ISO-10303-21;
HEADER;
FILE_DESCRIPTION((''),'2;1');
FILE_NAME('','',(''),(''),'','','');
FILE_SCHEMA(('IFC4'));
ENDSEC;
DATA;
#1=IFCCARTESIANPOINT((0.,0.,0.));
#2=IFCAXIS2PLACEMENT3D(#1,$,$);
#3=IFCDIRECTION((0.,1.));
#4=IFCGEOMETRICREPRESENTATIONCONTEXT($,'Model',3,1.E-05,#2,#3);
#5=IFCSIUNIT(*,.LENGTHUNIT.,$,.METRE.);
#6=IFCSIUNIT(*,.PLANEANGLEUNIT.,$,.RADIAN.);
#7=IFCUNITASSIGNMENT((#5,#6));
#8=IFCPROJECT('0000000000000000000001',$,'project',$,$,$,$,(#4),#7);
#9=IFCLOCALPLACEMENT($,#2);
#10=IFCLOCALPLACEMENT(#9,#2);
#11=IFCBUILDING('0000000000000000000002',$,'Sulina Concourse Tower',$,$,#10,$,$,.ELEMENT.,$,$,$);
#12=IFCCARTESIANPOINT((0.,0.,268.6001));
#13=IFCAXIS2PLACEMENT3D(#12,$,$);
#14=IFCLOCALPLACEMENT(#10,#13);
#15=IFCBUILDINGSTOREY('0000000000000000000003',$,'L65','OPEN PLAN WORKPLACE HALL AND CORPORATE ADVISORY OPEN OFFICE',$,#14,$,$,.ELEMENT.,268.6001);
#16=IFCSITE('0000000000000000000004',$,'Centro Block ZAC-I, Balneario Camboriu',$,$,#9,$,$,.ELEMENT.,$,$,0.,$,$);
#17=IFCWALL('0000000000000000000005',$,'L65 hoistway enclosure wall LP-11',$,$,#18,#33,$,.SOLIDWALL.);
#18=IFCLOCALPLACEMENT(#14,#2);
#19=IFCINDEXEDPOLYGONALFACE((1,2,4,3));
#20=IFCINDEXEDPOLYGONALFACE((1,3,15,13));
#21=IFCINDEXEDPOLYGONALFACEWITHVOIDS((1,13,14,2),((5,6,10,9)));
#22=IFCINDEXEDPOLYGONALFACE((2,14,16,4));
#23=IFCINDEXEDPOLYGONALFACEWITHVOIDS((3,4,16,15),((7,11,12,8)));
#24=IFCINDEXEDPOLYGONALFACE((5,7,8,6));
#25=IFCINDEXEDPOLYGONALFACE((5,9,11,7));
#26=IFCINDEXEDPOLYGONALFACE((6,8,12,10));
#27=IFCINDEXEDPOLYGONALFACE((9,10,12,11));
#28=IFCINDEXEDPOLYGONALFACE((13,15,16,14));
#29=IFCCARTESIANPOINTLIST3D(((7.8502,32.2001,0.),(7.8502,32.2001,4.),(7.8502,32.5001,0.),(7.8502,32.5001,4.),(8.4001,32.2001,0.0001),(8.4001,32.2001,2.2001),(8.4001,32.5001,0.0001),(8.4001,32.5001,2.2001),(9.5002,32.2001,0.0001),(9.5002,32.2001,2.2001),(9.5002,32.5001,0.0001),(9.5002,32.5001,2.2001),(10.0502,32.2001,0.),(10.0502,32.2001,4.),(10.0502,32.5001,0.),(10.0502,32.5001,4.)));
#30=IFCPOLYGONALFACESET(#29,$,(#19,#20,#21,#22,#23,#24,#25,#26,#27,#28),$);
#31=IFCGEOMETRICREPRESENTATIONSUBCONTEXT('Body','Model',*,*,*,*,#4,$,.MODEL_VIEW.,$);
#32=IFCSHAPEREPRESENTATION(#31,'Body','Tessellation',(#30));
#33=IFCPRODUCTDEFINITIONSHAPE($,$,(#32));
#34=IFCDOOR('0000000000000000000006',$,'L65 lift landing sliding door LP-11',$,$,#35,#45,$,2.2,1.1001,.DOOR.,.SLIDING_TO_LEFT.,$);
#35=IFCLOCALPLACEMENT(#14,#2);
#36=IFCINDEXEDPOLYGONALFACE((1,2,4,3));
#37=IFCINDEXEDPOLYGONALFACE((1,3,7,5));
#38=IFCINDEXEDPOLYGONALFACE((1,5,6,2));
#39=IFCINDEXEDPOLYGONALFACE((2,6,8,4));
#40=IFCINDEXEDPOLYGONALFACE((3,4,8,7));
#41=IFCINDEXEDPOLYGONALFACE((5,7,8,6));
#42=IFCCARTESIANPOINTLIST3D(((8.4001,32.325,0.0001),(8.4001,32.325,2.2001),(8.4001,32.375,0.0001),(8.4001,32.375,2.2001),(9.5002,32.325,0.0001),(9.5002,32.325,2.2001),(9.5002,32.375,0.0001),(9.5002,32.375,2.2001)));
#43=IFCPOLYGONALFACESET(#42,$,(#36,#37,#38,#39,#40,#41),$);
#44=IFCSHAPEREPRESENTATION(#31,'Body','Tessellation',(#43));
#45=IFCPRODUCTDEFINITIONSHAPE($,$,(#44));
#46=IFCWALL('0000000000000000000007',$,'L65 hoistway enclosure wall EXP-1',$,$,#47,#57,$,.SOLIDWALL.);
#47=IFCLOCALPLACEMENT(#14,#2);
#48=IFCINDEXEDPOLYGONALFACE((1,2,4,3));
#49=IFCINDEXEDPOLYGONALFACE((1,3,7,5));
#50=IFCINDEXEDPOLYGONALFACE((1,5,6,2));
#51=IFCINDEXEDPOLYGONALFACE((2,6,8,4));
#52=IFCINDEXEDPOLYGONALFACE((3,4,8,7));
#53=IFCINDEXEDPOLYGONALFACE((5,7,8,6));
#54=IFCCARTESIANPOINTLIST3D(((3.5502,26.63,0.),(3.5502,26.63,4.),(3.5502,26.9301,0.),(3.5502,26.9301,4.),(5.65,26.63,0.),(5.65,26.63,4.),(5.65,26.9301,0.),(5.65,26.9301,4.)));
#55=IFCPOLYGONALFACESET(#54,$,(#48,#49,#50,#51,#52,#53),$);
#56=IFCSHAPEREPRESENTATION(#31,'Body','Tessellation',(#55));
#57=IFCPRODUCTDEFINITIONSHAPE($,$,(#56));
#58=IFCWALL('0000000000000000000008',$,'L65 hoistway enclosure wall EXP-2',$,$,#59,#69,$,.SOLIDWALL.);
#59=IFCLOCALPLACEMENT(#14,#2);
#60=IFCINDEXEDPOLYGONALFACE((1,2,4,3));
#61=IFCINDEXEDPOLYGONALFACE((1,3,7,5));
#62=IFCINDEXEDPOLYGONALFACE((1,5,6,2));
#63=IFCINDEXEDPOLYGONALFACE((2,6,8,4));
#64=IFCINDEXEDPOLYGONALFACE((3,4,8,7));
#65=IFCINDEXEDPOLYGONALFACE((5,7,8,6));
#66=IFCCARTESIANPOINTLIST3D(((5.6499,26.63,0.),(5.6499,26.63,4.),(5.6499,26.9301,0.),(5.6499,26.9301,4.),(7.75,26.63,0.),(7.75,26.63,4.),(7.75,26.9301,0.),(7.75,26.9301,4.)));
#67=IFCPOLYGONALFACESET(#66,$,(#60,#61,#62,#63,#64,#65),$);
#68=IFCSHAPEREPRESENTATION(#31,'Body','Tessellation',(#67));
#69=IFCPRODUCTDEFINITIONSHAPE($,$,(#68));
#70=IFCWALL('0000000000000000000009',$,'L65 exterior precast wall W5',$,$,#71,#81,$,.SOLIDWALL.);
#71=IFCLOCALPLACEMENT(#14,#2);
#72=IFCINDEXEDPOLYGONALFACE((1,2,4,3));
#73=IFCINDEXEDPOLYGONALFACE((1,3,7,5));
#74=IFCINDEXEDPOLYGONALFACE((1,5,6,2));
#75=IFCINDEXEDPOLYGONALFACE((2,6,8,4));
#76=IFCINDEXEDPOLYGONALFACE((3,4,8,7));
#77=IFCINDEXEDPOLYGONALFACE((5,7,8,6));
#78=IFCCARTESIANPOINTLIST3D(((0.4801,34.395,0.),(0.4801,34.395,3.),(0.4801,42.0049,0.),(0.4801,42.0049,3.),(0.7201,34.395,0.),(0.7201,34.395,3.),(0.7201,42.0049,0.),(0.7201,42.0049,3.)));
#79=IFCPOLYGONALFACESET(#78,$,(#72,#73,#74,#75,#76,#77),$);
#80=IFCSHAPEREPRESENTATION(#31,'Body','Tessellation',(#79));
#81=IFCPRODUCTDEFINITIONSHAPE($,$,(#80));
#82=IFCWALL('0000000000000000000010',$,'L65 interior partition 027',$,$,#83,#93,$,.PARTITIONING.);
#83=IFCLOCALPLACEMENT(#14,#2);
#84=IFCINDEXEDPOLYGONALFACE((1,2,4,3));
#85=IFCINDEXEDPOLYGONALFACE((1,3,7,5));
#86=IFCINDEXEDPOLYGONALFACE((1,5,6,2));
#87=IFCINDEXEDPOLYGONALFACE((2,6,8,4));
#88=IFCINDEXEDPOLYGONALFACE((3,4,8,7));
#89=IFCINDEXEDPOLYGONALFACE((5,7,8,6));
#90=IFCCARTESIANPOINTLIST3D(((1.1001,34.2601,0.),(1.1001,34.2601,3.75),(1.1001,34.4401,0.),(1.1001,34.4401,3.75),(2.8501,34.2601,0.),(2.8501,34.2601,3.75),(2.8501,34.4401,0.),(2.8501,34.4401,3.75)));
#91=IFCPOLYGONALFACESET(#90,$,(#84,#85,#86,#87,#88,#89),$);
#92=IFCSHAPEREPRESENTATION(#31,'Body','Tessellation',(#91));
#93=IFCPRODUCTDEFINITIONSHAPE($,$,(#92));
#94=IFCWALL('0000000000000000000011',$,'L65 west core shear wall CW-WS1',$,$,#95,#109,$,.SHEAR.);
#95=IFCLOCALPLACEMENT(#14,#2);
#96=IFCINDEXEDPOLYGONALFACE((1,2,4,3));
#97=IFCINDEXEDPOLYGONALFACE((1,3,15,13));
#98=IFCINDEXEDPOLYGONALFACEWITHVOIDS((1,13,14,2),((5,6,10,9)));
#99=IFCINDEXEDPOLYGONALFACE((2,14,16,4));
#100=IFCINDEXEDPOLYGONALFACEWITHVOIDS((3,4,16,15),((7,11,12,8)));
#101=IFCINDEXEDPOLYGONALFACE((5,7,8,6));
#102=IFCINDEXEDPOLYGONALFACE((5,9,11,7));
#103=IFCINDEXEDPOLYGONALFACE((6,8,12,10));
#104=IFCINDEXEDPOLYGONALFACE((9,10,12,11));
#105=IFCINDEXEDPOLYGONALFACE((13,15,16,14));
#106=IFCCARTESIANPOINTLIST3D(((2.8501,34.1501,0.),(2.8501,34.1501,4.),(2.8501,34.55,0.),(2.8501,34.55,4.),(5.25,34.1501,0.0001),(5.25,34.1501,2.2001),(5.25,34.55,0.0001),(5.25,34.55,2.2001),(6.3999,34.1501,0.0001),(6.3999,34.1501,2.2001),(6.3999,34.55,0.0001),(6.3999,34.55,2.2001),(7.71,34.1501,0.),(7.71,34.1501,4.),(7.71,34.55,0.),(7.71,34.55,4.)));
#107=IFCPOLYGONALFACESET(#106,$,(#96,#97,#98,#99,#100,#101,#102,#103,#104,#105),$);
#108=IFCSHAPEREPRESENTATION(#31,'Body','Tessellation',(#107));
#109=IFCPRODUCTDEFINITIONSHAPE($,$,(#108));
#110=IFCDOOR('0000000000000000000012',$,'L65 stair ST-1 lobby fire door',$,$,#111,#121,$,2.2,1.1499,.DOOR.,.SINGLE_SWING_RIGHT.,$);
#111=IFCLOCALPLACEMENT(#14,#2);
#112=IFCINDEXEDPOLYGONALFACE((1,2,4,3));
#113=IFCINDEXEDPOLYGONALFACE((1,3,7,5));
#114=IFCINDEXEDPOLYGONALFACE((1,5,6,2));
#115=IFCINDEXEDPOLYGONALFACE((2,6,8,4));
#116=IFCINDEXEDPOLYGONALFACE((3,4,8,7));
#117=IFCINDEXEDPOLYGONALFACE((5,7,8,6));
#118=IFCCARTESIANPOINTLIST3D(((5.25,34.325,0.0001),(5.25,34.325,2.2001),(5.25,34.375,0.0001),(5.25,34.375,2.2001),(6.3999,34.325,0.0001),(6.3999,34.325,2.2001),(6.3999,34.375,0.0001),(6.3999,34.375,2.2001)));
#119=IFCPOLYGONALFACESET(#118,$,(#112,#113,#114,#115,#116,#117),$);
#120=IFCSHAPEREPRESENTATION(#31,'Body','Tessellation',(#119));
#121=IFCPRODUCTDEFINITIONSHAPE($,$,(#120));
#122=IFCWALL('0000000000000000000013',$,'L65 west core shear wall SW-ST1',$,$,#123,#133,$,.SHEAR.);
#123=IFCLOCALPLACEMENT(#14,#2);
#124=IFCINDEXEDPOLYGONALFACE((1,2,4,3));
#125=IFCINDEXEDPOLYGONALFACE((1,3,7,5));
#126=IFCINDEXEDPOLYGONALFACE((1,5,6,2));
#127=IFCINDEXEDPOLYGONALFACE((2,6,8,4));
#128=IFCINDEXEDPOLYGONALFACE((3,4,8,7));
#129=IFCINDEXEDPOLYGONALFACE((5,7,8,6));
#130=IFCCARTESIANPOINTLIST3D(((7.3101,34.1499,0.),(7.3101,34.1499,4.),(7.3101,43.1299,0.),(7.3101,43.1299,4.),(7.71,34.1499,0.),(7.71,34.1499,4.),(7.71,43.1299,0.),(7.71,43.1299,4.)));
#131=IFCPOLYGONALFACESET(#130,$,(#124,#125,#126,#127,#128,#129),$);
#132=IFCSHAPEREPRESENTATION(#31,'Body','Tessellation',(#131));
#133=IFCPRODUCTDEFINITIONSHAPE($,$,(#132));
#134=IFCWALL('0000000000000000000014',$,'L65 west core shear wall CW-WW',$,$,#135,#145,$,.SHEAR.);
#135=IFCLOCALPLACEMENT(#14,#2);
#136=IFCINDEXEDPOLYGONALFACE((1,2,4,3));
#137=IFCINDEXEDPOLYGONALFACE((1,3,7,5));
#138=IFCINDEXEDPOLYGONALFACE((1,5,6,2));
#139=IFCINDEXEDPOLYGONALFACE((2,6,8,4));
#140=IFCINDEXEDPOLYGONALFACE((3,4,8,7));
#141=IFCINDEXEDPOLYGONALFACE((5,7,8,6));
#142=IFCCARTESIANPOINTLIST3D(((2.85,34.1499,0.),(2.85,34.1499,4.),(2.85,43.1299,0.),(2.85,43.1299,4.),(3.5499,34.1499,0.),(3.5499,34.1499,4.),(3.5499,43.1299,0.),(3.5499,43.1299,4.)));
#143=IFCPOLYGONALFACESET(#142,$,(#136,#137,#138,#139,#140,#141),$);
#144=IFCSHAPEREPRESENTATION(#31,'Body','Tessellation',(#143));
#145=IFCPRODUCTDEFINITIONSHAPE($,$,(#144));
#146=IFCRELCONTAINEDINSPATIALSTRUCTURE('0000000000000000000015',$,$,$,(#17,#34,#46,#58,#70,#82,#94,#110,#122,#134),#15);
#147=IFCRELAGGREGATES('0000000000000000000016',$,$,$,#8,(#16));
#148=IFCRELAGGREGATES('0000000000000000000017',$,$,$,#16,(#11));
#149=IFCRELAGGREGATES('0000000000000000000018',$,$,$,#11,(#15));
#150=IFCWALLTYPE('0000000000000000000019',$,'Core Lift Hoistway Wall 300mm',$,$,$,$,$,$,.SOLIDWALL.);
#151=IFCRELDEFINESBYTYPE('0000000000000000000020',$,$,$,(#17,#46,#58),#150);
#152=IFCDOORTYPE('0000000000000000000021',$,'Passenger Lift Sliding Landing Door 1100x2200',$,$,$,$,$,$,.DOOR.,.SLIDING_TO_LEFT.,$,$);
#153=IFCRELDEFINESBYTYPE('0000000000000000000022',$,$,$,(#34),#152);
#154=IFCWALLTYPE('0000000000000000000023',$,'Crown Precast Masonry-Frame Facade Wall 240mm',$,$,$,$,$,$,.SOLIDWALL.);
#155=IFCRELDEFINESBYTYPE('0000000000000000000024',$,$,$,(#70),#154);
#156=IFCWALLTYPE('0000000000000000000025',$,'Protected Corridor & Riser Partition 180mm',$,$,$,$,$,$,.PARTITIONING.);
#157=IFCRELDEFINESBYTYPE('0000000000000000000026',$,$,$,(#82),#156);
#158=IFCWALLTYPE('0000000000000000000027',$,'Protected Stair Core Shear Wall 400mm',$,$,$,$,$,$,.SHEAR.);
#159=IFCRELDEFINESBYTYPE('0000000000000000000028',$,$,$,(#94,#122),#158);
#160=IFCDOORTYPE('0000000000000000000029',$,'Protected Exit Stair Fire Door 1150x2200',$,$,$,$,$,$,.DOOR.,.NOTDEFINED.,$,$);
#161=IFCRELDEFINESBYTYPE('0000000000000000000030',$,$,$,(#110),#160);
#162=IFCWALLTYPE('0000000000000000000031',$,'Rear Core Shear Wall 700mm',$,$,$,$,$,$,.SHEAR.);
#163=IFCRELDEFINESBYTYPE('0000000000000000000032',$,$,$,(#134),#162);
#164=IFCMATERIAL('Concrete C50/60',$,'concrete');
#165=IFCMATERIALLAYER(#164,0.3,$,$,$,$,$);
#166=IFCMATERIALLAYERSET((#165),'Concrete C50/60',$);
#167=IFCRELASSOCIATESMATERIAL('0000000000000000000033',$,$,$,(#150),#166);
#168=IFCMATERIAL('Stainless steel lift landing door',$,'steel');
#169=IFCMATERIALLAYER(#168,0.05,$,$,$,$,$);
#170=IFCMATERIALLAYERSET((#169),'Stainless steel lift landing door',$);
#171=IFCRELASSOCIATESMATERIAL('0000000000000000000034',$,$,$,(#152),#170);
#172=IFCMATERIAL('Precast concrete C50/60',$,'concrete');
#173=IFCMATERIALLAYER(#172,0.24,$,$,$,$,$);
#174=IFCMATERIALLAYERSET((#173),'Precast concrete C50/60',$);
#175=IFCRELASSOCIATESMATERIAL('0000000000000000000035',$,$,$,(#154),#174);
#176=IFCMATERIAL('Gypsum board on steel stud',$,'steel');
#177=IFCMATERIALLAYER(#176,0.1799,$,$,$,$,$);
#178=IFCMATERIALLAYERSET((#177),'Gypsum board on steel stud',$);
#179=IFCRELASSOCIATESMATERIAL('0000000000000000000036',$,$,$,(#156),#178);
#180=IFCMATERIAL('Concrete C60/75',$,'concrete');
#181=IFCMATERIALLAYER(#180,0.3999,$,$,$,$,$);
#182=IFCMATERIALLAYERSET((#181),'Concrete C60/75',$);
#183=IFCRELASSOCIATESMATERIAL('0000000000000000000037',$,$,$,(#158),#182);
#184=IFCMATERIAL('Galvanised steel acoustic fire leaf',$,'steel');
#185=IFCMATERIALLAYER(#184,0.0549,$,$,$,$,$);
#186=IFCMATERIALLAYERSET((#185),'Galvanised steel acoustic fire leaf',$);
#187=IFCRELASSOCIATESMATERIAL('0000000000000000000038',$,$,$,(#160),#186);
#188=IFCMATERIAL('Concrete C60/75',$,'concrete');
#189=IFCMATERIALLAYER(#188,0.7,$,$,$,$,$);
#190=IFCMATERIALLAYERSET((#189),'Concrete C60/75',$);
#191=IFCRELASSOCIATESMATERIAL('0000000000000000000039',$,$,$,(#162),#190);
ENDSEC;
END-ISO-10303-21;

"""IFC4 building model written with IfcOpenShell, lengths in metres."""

from ifc_helpers import new_model, si_unit, direction, frame, frame_2d, origin, place, context, subcontext, project, spatial, rectangle, extrude, material, layer, layer_set, type_object, element, fill, save


model = new_model("IFC4")

# Units and contexts
model_context = context("Model", 3, precision=1e-05, world=origin(), true_north=direction((0.0, 1.0)))
body_context = subcontext(model_context, "Body", "Model", "MODEL_VIEW")
ifc_project = project(units=[si_unit("LENGTHUNIT", "METRE"), si_unit("PLANEANGLEUNIT", "RADIAN")], contexts=[model_context])

# Site, building, storey
site_placement = place(None, origin())
site = spatial("IfcSite", under=ifc_project, at=site_placement, Name="Centro Block ZAC-I, Balneario Camboriu", CompositionType="ELEMENT", RefElevation=0.0)
building_placement = place(site_placement, origin())
building = spatial("IfcBuilding", under=site, at=building_placement, Name="Sulina Concourse Tower", CompositionType="ELEMENT")
storey_placement = place(building_placement, frame((0.0, 0.0, 268.6001)))
storey = spatial("IfcBuildingStorey", under=building, at=storey_placement, Name="L65", Description="OPEN PLAN WORKPLACE HALL AND CORPORATE ADVISORY OPEN OFFICE", CompositionType="ELEMENT", Elevation=268.6001)

# Wall, opening, door
ifc_material_1 = material(Name="Concrete C50/60", Category="concrete")
ifc_layer_1 = layer(ifc_material_1, 0.3)
ifc_layer_set_1 = layer_set([ifc_layer_1], Name="Concrete C50/60")
wall_type_1 = type_object("IfcWallType", Name="Core Lift Hoistway Wall 300mm", PredefinedType="SOLIDWALL", material=ifc_layer_set_1)
ifc_material_2 = material(Name="Stainless steel lift landing door", Category="steel")
ifc_layer_2 = layer(ifc_material_2, 0.05)
ifc_layer_set_2 = layer_set([ifc_layer_2], Name="Stainless steel lift landing door")
door_type_1 = type_object("IfcDoorType", Name="Passenger Lift Sliding Landing Door 1100x2200", OperationType="SLIDING_TO_LEFT", PredefinedType="DOOR", material=ifc_layer_set_2)
wall_1_placement = place(storey_placement, frame((7.8501, 32.3501, 0.0), z_axis=(0.0, 0.0, 1.0), x_axis=(1.0, 0.0, 0.0)))
wall_1 = element("IfcWall", 1, at=wall_1_placement, inside=storey, type_object=wall_type_1, Name="L65 hoistway enclosure wall LP-11", PredefinedType="SOLIDWALL", context=body_context, shape_type="SweptSolid", body=[
    extrude(rectangle(XDim=2.2, YDim=0.3, at=frame_2d((1.1001, 0.0))), origin(), (0.0, 0.0, 1.0), 4.0),
])
opening_1_placement = place(wall_1_placement, frame((0.55, 0.0, 0.0)))
opening_1 = element("IfcOpeningElement", 2, at=opening_1_placement, cuts=wall_1, PredefinedType="OPENING", context=body_context, shape_type="SweptSolid", body=[
    extrude(rectangle(XDim=1.1001, YDim=2.2, at=frame_2d((0.55, 1.1001))), frame((0.0, 0.1599, 0.0), z_axis=(0.0, -1.0, 0.0), x_axis=(1.0, 0.0, 0.0)), (0.0, 0.0, 1.0), 0.3201),
])
door_1_placement = place(opening_1_placement, origin())
door_1 = element("IfcDoor", 3, at=door_1_placement, inside=storey, type_object=door_type_1, Name="L65 lift landing sliding door LP-11", OperationType="SLIDING_TO_LEFT", OverallHeight=2.2, OverallWidth=1.1001, PredefinedType="DOOR", context=body_context, shape_type="SweptSolid", body=[
    extrude(rectangle(XDim=1.1001, YDim=2.2, at=frame_2d((0.55, 1.1001))), frame((0.0, 0.0249, 0.0), z_axis=(0.0, -1.0, 0.0), x_axis=(1.0, 0.0, 0.0)), (0.0, 0.0, 1.0), 0.05),
])
fill(opening_1, door_1)

# Walls
wall_2_placement = place(storey_placement, frame((5.6499, 26.78, 0.0), z_axis=(0.0, 0.0, 1.0), x_axis=(-1.0, 0.0, 0.0)))
element("IfcWall", 4, at=wall_2_placement, inside=storey, type_object=wall_type_1, Name="L65 hoistway enclosure wall EXP-1", PredefinedType="SOLIDWALL", context=body_context, shape_type="SweptSolid", body=[
    extrude(rectangle(XDim=2.0999, YDim=0.3, at=frame_2d((1.0498, 0.0))), origin(), (0.0, 0.0, 1.0), 4.0),
])
wall_3_placement = place(storey_placement, frame((7.75, 26.78, 0.0), z_axis=(0.0, 0.0, 1.0), x_axis=(-1.0, 0.0, 0.0)))
element("IfcWall", 5, at=wall_3_placement, inside=storey, type_object=wall_type_1, Name="L65 hoistway enclosure wall EXP-2", PredefinedType="SOLIDWALL", context=body_context, shape_type="SweptSolid", body=[
    extrude(rectangle(XDim=2.1001, YDim=0.3, at=frame_2d((1.05, 0.0))), origin(), (0.0, 0.0, 1.0), 4.0),
])
ifc_material_3 = material(Name="Precast concrete C50/60", Category="concrete")
ifc_layer_3 = layer(ifc_material_3, 0.24)
ifc_layer_set_3 = layer_set([ifc_layer_3], Name="Precast concrete C50/60")
wall_type_2 = type_object("IfcWallType", Name="Crown Precast Masonry-Frame Facade Wall 240mm", PredefinedType="SOLIDWALL", material=ifc_layer_set_3)
wall_4_placement = place(storey_placement, frame((0.6001, 34.395, 0.0), z_axis=(0.0, 0.0, 1.0), x_axis=(0.0, 1.0, 0.0)))
element("IfcWall", 6, at=wall_4_placement, inside=storey, type_object=wall_type_2, Name="L65 exterior precast wall W5", PredefinedType="SOLIDWALL", context=body_context, shape_type="SweptSolid", body=[
    extrude(rectangle(XDim=7.6099, YDim=0.24, at=frame_2d((3.8049, 0.0))), origin(), (0.0, 0.0, 1.0), 3.0),
])
ifc_material_4 = material(Name="Gypsum board on steel stud", Category="steel")
ifc_layer_4 = layer(ifc_material_4, 0.1799)
ifc_layer_set_4 = layer_set([ifc_layer_4], Name="Gypsum board on steel stud")
wall_type_3 = type_object("IfcWallType", Name="Protected Corridor & Riser Partition 180mm", PredefinedType="PARTITIONING", material=ifc_layer_set_4)
wall_5_placement = place(storey_placement, frame((1.1001, 34.3501, 0.0), z_axis=(0.0, 0.0, 1.0), x_axis=(1.0, 0.0, 0.0)))
element("IfcWall", 7, at=wall_5_placement, inside=storey, type_object=wall_type_3, Name="L65 interior partition 027", PredefinedType="PARTITIONING", context=body_context, shape_type="SweptSolid", body=[
    extrude(rectangle(XDim=1.75, YDim=0.1799, at=frame_2d((0.875, 0.0))), origin(), (0.0, 0.0, 1.0), 3.75),
])

# Wall, opening, door
ifc_material_5 = material(Name="Concrete C60/75", Category="concrete")
ifc_layer_5 = layer(ifc_material_5, 0.3999)
ifc_layer_set_5 = layer_set([ifc_layer_5], Name="Concrete C60/75")
wall_type_4 = type_object("IfcWallType", Name="Protected Stair Core Shear Wall 400mm", PredefinedType="SHEAR", material=ifc_layer_set_5)
wall_6_placement = place(storey_placement, frame((2.8501, 34.3501, 0.0), z_axis=(0.0, 0.0, 1.0), x_axis=(1.0, 0.0, 0.0)))
wall_6 = element("IfcWall", 8, at=wall_6_placement, inside=storey, type_object=wall_type_4, Name="L65 west core shear wall CW-WS1", PredefinedType="SHEAR", context=body_context, shape_type="SweptSolid", body=[
    extrude(rectangle(XDim=4.8599, YDim=0.3999, at=frame_2d((2.4299, 0.0))), origin(), (0.0, 0.0, 1.0), 4.0),
])
opening_2_placement = place(wall_6_placement, frame((2.3999, 0.0, 0.0)))
opening_2 = element("IfcOpeningElement", 9, at=opening_2_placement, cuts=wall_6, PredefinedType="OPENING", context=body_context, shape_type="SweptSolid", body=[
    extrude(rectangle(XDim=1.1499, YDim=2.2, at=frame_2d((0.575, 1.1001))), frame((0.0, 0.21, 0.0), z_axis=(0.0, -1.0, 0.0), x_axis=(1.0, 0.0, 0.0)), (0.0, 0.0, 1.0), 0.4199),
])
ifc_material_6 = material(Name="Galvanised steel acoustic fire leaf", Category="steel")
ifc_layer_6 = layer(ifc_material_6, 0.0549)
ifc_layer_set_6 = layer_set([ifc_layer_6], Name="Galvanised steel acoustic fire leaf")
door_type_2 = type_object("IfcDoorType", Name="Protected Exit Stair Fire Door 1150x2200", OperationType="NOTDEFINED", PredefinedType="DOOR", material=ifc_layer_set_6)
door_2_placement = place(opening_2_placement, origin())
door_2 = element("IfcDoor", 10, at=door_2_placement, inside=storey, type_object=door_type_2, Name="L65 stair ST-1 lobby fire door", OperationType="SINGLE_SWING_RIGHT", OverallHeight=2.2, OverallWidth=1.1499, PredefinedType="DOOR", context=body_context, shape_type="SweptSolid", body=[
    extrude(rectangle(XDim=1.1499, YDim=2.2, at=frame_2d((0.575, 1.1001))), frame((0.0, 0.0249, 0.0), z_axis=(0.0, -1.0, 0.0), x_axis=(1.0, 0.0, 0.0)), (0.0, 0.0, 1.0), 0.05),
])
fill(opening_2, door_2)

# Walls
wall_7_placement = place(storey_placement, frame((7.51, 34.1499, 0.0), z_axis=(0.0, 0.0, 1.0), x_axis=(0.0, 1.0, 0.0)))
element("IfcWall", 11, at=wall_7_placement, inside=storey, type_object=wall_type_4, Name="L65 west core shear wall SW-ST1", PredefinedType="SHEAR", context=body_context, shape_type="SweptSolid", body=[
    extrude(rectangle(XDim=8.98, YDim=0.3999, at=frame_2d((4.49, 0.0))), origin(), (0.0, 0.0, 1.0), 4.0),
])
ifc_material_7 = material(Name="Concrete C60/75", Category="concrete")
ifc_layer_7 = layer(ifc_material_7, 0.7)
ifc_layer_set_7 = layer_set([ifc_layer_7], Name="Concrete C60/75")
wall_type_5 = type_object("IfcWallType", Name="Rear Core Shear Wall 700mm", PredefinedType="SHEAR", material=ifc_layer_set_7)
wall_8_placement = place(storey_placement, frame((3.2, 34.1499, 0.0), z_axis=(0.0, 0.0, 1.0), x_axis=(0.0, 1.0, 0.0)))
element("IfcWall", 12, at=wall_8_placement, inside=storey, type_object=wall_type_5, Name="L65 west core shear wall CW-WW", PredefinedType="SHEAR", context=body_context, shape_type="SweptSolid", body=[
    extrude(rectangle(XDim=8.98, YDim=0.7, at=frame_2d((4.49, 0.0))), origin(), (0.0, 0.0, 1.0), 4.0),
])

save(model, "model.ifc")
